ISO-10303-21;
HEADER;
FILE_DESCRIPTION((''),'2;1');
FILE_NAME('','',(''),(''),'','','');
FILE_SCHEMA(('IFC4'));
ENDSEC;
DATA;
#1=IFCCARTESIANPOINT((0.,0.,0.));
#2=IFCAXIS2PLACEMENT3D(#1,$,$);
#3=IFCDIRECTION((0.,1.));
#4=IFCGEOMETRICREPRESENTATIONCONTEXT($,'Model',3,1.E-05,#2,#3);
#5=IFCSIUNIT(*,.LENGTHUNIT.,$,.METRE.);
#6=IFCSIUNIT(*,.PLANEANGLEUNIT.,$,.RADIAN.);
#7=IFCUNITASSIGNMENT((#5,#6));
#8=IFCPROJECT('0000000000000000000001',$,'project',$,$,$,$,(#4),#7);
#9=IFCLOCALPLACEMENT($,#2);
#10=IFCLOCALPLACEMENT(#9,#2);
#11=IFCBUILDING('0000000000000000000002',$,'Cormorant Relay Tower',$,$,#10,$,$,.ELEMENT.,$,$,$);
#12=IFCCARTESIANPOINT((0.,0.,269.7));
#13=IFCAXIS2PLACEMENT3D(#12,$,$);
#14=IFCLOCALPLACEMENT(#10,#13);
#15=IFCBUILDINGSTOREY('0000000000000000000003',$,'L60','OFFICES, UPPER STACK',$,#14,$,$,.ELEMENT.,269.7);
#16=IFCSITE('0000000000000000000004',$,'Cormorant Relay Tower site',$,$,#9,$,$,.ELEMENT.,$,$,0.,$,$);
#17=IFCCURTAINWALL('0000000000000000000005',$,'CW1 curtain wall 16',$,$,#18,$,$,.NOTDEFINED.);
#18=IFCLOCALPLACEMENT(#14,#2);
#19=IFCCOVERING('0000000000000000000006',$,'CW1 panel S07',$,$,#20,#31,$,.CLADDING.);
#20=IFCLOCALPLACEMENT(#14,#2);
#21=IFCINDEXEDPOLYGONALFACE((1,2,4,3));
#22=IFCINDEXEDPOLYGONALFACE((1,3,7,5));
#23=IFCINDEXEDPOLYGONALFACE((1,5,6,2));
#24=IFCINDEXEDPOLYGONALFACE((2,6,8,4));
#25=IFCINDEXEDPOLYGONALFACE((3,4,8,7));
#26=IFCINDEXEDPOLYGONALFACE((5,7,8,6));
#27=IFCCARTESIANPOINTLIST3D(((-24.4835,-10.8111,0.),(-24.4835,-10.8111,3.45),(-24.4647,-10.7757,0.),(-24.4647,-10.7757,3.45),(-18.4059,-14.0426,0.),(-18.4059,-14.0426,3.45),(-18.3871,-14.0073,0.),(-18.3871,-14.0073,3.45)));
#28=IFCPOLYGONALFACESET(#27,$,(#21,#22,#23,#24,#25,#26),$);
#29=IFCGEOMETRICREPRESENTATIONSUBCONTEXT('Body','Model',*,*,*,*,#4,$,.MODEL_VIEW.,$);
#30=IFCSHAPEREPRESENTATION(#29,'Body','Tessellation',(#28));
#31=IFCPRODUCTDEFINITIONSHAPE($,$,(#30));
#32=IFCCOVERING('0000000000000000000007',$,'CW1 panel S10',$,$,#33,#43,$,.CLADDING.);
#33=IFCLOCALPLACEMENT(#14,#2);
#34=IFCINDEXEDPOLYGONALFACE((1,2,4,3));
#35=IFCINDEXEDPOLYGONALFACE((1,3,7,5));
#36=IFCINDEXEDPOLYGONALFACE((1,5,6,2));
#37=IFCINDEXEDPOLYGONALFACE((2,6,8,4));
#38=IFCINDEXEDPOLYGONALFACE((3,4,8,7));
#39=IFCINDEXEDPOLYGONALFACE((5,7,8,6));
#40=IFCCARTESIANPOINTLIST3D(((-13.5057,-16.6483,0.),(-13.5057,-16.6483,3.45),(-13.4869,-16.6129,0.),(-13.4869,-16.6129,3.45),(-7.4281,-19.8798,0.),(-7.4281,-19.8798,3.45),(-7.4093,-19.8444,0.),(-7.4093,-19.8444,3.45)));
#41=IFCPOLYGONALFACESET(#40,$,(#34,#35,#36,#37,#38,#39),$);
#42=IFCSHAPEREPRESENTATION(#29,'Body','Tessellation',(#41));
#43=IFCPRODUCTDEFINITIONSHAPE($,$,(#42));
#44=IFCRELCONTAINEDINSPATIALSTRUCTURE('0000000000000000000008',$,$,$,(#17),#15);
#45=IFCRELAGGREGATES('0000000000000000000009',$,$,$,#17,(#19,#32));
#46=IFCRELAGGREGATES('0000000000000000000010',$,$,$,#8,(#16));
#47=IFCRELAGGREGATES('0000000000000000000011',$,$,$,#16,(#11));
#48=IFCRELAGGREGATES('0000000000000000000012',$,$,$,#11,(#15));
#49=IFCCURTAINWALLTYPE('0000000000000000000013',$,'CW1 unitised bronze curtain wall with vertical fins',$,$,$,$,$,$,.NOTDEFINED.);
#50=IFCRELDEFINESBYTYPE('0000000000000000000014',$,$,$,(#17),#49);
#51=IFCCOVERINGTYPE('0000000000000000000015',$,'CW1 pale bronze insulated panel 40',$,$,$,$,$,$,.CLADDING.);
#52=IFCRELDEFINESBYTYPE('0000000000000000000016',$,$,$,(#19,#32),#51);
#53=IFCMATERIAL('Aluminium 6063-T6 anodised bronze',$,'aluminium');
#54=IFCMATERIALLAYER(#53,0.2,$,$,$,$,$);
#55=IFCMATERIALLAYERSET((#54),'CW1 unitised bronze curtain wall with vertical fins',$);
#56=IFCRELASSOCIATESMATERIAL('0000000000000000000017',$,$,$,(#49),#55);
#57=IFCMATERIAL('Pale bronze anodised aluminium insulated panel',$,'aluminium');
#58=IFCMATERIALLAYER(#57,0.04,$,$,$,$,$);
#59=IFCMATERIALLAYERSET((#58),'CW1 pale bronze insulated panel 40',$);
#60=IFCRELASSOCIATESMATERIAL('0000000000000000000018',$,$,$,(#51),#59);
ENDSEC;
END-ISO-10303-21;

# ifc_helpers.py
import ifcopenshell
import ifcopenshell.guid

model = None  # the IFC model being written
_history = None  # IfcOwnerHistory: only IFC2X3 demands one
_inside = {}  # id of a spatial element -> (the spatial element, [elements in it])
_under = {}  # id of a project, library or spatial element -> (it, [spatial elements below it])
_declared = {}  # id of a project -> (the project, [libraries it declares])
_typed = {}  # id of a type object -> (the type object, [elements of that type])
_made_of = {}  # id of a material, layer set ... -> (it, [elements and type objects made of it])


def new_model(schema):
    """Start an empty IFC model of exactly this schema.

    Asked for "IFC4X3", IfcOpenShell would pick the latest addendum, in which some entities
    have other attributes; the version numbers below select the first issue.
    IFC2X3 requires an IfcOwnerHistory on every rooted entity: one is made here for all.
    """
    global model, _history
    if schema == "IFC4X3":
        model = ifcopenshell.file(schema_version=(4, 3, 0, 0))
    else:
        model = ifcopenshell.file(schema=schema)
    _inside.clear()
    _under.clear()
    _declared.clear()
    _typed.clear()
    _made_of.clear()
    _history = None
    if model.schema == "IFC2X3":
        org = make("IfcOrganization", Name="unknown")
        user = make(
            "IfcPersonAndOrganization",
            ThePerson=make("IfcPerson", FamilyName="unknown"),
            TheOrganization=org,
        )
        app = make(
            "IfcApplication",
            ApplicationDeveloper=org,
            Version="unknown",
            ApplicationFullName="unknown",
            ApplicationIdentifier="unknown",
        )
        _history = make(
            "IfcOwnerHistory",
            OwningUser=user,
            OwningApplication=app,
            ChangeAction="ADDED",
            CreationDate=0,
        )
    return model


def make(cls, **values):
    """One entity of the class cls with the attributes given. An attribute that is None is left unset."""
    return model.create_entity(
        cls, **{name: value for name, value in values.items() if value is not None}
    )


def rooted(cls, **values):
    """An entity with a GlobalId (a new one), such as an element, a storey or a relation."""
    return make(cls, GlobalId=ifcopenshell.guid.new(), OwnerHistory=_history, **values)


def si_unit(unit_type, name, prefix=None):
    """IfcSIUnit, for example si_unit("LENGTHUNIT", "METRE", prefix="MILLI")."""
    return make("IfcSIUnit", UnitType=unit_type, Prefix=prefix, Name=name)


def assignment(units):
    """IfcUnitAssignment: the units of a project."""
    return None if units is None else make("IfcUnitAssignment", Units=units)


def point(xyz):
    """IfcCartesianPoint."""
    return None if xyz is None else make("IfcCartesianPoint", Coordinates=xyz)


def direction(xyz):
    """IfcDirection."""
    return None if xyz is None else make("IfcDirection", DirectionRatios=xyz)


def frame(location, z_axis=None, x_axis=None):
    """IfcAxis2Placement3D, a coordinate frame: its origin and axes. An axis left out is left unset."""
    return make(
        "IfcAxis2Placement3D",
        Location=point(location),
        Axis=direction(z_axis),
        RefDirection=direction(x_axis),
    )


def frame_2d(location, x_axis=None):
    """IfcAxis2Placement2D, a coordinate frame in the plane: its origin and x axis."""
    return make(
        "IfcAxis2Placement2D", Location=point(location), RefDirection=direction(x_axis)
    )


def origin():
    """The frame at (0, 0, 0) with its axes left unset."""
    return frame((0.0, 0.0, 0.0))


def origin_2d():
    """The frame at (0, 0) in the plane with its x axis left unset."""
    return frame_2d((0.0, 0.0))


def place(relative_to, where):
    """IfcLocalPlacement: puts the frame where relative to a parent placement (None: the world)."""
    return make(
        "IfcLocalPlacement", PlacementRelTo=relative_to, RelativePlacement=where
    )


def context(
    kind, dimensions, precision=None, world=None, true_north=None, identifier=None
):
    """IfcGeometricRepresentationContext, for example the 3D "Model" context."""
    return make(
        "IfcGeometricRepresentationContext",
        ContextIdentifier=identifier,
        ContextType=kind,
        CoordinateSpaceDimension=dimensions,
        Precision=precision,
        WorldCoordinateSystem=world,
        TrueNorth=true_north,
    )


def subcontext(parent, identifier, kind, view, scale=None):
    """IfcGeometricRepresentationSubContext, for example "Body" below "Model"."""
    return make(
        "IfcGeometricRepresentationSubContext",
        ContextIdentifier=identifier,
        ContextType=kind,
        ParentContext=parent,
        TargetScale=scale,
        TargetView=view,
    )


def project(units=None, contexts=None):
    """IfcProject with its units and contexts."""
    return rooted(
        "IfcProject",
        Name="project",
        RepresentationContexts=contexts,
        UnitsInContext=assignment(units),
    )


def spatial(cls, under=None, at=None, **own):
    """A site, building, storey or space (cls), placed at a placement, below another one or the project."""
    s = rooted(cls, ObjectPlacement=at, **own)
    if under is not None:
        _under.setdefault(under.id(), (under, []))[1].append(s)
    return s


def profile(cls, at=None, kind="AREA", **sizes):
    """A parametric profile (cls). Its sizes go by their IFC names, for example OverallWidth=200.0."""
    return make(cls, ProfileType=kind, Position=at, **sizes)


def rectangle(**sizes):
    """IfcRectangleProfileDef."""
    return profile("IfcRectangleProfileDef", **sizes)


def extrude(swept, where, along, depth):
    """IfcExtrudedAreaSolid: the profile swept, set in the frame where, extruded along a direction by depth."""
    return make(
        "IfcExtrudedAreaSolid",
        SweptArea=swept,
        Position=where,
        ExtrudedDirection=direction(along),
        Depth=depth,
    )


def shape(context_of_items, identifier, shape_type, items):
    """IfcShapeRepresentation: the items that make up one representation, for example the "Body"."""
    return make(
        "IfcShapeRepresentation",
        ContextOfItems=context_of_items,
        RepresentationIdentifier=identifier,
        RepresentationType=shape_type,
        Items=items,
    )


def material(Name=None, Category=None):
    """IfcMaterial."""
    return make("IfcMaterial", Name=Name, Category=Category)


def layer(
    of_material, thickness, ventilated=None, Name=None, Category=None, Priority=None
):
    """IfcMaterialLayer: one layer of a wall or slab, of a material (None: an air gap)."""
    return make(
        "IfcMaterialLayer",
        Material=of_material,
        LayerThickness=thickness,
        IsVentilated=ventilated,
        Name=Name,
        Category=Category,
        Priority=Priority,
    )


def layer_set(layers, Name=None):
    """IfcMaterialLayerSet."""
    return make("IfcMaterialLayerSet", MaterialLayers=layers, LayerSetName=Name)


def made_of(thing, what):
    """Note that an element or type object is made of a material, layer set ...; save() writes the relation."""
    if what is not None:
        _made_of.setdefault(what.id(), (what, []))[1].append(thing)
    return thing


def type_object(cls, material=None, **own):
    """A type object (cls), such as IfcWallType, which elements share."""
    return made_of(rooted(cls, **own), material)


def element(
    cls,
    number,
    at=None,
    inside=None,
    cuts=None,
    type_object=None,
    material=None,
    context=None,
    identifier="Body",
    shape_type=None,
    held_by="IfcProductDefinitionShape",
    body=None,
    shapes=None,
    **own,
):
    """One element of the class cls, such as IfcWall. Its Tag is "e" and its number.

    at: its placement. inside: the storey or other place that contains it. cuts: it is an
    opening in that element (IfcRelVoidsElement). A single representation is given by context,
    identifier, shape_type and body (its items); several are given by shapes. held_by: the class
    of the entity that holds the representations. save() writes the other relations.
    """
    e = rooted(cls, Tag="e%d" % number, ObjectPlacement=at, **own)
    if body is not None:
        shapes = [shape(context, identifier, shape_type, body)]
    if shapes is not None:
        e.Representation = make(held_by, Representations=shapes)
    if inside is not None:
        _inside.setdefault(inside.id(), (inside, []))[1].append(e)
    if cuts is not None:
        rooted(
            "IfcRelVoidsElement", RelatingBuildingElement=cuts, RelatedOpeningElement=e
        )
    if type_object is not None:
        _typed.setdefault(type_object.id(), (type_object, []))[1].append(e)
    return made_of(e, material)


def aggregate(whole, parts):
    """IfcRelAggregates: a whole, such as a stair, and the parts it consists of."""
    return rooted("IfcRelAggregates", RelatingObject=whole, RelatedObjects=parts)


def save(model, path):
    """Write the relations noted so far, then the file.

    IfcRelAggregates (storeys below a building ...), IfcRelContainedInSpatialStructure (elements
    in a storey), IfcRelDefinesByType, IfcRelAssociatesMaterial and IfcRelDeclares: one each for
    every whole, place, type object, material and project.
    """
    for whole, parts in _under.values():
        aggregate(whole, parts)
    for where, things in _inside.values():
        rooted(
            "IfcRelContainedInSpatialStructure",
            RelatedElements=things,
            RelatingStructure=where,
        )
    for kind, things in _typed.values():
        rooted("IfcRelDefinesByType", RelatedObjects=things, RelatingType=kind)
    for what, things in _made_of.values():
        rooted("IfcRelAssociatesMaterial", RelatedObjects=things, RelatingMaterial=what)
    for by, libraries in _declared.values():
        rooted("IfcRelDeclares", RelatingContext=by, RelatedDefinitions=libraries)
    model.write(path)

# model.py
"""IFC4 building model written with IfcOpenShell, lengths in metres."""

from ifc_helpers import new_model, si_unit, direction, frame, origin, origin_2d, place, context, subcontext, project, spatial, rectangle, extrude, material, layer, layer_set, type_object, element, aggregate, save


model = new_model("IFC4")

# Units and contexts
model_context = context("Model", 3, precision=1e-05, world=origin(), true_north=direction((0.0, 1.0)))
body_context = subcontext(model_context, "Body", "Model", "MODEL_VIEW")
ifc_project = project(units=[si_unit("LENGTHUNIT", "METRE"), si_unit("PLANEANGLEUNIT", "RADIAN")], contexts=[model_context])

# Site, building, storey
site_placement = place(None, origin())
site = spatial("IfcSite", under=ifc_project, at=site_placement, Name="Cormorant Relay Tower site", CompositionType="ELEMENT", RefElevation=0.0)
building_placement = place(site_placement, origin())
building = spatial("IfcBuilding", under=site, at=building_placement, Name="Cormorant Relay Tower", CompositionType="ELEMENT")
storey_placement = place(building_placement, frame((0.0, 0.0, 269.7)))
storey = spatial("IfcBuildingStorey", under=building, at=storey_placement, Name="L60", Description="OFFICES, UPPER STACK", CompositionType="ELEMENT", Elevation=269.7)

# Curtain wall
ifc_material_1 = material(Name="Aluminium 6063-T6 anodised bronze", Category="aluminium")
ifc_layer_1 = layer(ifc_material_1, 0.2)
ifc_layer_set_1 = layer_set([ifc_layer_1], Name="CW1 unitised bronze curtain wall with vertical fins")
curtain_wall_type = type_object("IfcCurtainWallType", Name="CW1 unitised bronze curtain wall with vertical fins", PredefinedType="NOTDEFINED", material=ifc_layer_set_1)
curtain_wall_placement = place(storey_placement, origin())
curtain_wall = element("IfcCurtainWall", 1, at=curtain_wall_placement, inside=storey, type_object=curtain_wall_type, Name="CW1 curtain wall 16", PredefinedType="NOTDEFINED")

# Coverings
ifc_material_2 = material(Name="Pale bronze anodised aluminium insulated panel", Category="aluminium")
ifc_layer_2 = layer(ifc_material_2, 0.04)
ifc_layer_set_2 = layer_set([ifc_layer_2], Name="CW1 pale bronze insulated panel 40")
covering_type = type_object("IfcCoveringType", Name="CW1 pale bronze insulated panel 40", PredefinedType="CLADDING", material=ifc_layer_set_2)
covering_1_placement = place(storey_placement, frame((-21.4353, -12.4092, 0.0), z_axis=(0.0, 0.0, 1.0), x_axis=(0.882948, -0.469472, 0.0)))
covering_1 = element("IfcCovering", 2, at=covering_1_placement, type_object=covering_type, Name="CW1 panel S07", PredefinedType="CLADDING", context=body_context, shape_type="SweptSolid", body=[
    extrude(rectangle(XDim=6.8833, YDim=0.04, at=origin_2d()), origin(), (0.0, 0.0, 1.0), 3.45),
])
covering_2_placement = place(storey_placement, frame((-10.4575, -18.2463, 0.0), z_axis=(0.0, 0.0, 1.0), x_axis=(0.882948, -0.469472, 0.0)))
covering_2 = element("IfcCovering", 3, at=covering_2_placement, type_object=covering_type, Name="CW1 panel S10", PredefinedType="CLADDING", context=body_context, shape_type="SweptSolid", body=[
    extrude(rectangle(XDim=6.8833, YDim=0.04, at=origin_2d()), origin(), (0.0, 0.0, 1.0), 3.45),
])
aggregate(curtain_wall, [covering_1, covering_2])

save(model, "model.ifc")
